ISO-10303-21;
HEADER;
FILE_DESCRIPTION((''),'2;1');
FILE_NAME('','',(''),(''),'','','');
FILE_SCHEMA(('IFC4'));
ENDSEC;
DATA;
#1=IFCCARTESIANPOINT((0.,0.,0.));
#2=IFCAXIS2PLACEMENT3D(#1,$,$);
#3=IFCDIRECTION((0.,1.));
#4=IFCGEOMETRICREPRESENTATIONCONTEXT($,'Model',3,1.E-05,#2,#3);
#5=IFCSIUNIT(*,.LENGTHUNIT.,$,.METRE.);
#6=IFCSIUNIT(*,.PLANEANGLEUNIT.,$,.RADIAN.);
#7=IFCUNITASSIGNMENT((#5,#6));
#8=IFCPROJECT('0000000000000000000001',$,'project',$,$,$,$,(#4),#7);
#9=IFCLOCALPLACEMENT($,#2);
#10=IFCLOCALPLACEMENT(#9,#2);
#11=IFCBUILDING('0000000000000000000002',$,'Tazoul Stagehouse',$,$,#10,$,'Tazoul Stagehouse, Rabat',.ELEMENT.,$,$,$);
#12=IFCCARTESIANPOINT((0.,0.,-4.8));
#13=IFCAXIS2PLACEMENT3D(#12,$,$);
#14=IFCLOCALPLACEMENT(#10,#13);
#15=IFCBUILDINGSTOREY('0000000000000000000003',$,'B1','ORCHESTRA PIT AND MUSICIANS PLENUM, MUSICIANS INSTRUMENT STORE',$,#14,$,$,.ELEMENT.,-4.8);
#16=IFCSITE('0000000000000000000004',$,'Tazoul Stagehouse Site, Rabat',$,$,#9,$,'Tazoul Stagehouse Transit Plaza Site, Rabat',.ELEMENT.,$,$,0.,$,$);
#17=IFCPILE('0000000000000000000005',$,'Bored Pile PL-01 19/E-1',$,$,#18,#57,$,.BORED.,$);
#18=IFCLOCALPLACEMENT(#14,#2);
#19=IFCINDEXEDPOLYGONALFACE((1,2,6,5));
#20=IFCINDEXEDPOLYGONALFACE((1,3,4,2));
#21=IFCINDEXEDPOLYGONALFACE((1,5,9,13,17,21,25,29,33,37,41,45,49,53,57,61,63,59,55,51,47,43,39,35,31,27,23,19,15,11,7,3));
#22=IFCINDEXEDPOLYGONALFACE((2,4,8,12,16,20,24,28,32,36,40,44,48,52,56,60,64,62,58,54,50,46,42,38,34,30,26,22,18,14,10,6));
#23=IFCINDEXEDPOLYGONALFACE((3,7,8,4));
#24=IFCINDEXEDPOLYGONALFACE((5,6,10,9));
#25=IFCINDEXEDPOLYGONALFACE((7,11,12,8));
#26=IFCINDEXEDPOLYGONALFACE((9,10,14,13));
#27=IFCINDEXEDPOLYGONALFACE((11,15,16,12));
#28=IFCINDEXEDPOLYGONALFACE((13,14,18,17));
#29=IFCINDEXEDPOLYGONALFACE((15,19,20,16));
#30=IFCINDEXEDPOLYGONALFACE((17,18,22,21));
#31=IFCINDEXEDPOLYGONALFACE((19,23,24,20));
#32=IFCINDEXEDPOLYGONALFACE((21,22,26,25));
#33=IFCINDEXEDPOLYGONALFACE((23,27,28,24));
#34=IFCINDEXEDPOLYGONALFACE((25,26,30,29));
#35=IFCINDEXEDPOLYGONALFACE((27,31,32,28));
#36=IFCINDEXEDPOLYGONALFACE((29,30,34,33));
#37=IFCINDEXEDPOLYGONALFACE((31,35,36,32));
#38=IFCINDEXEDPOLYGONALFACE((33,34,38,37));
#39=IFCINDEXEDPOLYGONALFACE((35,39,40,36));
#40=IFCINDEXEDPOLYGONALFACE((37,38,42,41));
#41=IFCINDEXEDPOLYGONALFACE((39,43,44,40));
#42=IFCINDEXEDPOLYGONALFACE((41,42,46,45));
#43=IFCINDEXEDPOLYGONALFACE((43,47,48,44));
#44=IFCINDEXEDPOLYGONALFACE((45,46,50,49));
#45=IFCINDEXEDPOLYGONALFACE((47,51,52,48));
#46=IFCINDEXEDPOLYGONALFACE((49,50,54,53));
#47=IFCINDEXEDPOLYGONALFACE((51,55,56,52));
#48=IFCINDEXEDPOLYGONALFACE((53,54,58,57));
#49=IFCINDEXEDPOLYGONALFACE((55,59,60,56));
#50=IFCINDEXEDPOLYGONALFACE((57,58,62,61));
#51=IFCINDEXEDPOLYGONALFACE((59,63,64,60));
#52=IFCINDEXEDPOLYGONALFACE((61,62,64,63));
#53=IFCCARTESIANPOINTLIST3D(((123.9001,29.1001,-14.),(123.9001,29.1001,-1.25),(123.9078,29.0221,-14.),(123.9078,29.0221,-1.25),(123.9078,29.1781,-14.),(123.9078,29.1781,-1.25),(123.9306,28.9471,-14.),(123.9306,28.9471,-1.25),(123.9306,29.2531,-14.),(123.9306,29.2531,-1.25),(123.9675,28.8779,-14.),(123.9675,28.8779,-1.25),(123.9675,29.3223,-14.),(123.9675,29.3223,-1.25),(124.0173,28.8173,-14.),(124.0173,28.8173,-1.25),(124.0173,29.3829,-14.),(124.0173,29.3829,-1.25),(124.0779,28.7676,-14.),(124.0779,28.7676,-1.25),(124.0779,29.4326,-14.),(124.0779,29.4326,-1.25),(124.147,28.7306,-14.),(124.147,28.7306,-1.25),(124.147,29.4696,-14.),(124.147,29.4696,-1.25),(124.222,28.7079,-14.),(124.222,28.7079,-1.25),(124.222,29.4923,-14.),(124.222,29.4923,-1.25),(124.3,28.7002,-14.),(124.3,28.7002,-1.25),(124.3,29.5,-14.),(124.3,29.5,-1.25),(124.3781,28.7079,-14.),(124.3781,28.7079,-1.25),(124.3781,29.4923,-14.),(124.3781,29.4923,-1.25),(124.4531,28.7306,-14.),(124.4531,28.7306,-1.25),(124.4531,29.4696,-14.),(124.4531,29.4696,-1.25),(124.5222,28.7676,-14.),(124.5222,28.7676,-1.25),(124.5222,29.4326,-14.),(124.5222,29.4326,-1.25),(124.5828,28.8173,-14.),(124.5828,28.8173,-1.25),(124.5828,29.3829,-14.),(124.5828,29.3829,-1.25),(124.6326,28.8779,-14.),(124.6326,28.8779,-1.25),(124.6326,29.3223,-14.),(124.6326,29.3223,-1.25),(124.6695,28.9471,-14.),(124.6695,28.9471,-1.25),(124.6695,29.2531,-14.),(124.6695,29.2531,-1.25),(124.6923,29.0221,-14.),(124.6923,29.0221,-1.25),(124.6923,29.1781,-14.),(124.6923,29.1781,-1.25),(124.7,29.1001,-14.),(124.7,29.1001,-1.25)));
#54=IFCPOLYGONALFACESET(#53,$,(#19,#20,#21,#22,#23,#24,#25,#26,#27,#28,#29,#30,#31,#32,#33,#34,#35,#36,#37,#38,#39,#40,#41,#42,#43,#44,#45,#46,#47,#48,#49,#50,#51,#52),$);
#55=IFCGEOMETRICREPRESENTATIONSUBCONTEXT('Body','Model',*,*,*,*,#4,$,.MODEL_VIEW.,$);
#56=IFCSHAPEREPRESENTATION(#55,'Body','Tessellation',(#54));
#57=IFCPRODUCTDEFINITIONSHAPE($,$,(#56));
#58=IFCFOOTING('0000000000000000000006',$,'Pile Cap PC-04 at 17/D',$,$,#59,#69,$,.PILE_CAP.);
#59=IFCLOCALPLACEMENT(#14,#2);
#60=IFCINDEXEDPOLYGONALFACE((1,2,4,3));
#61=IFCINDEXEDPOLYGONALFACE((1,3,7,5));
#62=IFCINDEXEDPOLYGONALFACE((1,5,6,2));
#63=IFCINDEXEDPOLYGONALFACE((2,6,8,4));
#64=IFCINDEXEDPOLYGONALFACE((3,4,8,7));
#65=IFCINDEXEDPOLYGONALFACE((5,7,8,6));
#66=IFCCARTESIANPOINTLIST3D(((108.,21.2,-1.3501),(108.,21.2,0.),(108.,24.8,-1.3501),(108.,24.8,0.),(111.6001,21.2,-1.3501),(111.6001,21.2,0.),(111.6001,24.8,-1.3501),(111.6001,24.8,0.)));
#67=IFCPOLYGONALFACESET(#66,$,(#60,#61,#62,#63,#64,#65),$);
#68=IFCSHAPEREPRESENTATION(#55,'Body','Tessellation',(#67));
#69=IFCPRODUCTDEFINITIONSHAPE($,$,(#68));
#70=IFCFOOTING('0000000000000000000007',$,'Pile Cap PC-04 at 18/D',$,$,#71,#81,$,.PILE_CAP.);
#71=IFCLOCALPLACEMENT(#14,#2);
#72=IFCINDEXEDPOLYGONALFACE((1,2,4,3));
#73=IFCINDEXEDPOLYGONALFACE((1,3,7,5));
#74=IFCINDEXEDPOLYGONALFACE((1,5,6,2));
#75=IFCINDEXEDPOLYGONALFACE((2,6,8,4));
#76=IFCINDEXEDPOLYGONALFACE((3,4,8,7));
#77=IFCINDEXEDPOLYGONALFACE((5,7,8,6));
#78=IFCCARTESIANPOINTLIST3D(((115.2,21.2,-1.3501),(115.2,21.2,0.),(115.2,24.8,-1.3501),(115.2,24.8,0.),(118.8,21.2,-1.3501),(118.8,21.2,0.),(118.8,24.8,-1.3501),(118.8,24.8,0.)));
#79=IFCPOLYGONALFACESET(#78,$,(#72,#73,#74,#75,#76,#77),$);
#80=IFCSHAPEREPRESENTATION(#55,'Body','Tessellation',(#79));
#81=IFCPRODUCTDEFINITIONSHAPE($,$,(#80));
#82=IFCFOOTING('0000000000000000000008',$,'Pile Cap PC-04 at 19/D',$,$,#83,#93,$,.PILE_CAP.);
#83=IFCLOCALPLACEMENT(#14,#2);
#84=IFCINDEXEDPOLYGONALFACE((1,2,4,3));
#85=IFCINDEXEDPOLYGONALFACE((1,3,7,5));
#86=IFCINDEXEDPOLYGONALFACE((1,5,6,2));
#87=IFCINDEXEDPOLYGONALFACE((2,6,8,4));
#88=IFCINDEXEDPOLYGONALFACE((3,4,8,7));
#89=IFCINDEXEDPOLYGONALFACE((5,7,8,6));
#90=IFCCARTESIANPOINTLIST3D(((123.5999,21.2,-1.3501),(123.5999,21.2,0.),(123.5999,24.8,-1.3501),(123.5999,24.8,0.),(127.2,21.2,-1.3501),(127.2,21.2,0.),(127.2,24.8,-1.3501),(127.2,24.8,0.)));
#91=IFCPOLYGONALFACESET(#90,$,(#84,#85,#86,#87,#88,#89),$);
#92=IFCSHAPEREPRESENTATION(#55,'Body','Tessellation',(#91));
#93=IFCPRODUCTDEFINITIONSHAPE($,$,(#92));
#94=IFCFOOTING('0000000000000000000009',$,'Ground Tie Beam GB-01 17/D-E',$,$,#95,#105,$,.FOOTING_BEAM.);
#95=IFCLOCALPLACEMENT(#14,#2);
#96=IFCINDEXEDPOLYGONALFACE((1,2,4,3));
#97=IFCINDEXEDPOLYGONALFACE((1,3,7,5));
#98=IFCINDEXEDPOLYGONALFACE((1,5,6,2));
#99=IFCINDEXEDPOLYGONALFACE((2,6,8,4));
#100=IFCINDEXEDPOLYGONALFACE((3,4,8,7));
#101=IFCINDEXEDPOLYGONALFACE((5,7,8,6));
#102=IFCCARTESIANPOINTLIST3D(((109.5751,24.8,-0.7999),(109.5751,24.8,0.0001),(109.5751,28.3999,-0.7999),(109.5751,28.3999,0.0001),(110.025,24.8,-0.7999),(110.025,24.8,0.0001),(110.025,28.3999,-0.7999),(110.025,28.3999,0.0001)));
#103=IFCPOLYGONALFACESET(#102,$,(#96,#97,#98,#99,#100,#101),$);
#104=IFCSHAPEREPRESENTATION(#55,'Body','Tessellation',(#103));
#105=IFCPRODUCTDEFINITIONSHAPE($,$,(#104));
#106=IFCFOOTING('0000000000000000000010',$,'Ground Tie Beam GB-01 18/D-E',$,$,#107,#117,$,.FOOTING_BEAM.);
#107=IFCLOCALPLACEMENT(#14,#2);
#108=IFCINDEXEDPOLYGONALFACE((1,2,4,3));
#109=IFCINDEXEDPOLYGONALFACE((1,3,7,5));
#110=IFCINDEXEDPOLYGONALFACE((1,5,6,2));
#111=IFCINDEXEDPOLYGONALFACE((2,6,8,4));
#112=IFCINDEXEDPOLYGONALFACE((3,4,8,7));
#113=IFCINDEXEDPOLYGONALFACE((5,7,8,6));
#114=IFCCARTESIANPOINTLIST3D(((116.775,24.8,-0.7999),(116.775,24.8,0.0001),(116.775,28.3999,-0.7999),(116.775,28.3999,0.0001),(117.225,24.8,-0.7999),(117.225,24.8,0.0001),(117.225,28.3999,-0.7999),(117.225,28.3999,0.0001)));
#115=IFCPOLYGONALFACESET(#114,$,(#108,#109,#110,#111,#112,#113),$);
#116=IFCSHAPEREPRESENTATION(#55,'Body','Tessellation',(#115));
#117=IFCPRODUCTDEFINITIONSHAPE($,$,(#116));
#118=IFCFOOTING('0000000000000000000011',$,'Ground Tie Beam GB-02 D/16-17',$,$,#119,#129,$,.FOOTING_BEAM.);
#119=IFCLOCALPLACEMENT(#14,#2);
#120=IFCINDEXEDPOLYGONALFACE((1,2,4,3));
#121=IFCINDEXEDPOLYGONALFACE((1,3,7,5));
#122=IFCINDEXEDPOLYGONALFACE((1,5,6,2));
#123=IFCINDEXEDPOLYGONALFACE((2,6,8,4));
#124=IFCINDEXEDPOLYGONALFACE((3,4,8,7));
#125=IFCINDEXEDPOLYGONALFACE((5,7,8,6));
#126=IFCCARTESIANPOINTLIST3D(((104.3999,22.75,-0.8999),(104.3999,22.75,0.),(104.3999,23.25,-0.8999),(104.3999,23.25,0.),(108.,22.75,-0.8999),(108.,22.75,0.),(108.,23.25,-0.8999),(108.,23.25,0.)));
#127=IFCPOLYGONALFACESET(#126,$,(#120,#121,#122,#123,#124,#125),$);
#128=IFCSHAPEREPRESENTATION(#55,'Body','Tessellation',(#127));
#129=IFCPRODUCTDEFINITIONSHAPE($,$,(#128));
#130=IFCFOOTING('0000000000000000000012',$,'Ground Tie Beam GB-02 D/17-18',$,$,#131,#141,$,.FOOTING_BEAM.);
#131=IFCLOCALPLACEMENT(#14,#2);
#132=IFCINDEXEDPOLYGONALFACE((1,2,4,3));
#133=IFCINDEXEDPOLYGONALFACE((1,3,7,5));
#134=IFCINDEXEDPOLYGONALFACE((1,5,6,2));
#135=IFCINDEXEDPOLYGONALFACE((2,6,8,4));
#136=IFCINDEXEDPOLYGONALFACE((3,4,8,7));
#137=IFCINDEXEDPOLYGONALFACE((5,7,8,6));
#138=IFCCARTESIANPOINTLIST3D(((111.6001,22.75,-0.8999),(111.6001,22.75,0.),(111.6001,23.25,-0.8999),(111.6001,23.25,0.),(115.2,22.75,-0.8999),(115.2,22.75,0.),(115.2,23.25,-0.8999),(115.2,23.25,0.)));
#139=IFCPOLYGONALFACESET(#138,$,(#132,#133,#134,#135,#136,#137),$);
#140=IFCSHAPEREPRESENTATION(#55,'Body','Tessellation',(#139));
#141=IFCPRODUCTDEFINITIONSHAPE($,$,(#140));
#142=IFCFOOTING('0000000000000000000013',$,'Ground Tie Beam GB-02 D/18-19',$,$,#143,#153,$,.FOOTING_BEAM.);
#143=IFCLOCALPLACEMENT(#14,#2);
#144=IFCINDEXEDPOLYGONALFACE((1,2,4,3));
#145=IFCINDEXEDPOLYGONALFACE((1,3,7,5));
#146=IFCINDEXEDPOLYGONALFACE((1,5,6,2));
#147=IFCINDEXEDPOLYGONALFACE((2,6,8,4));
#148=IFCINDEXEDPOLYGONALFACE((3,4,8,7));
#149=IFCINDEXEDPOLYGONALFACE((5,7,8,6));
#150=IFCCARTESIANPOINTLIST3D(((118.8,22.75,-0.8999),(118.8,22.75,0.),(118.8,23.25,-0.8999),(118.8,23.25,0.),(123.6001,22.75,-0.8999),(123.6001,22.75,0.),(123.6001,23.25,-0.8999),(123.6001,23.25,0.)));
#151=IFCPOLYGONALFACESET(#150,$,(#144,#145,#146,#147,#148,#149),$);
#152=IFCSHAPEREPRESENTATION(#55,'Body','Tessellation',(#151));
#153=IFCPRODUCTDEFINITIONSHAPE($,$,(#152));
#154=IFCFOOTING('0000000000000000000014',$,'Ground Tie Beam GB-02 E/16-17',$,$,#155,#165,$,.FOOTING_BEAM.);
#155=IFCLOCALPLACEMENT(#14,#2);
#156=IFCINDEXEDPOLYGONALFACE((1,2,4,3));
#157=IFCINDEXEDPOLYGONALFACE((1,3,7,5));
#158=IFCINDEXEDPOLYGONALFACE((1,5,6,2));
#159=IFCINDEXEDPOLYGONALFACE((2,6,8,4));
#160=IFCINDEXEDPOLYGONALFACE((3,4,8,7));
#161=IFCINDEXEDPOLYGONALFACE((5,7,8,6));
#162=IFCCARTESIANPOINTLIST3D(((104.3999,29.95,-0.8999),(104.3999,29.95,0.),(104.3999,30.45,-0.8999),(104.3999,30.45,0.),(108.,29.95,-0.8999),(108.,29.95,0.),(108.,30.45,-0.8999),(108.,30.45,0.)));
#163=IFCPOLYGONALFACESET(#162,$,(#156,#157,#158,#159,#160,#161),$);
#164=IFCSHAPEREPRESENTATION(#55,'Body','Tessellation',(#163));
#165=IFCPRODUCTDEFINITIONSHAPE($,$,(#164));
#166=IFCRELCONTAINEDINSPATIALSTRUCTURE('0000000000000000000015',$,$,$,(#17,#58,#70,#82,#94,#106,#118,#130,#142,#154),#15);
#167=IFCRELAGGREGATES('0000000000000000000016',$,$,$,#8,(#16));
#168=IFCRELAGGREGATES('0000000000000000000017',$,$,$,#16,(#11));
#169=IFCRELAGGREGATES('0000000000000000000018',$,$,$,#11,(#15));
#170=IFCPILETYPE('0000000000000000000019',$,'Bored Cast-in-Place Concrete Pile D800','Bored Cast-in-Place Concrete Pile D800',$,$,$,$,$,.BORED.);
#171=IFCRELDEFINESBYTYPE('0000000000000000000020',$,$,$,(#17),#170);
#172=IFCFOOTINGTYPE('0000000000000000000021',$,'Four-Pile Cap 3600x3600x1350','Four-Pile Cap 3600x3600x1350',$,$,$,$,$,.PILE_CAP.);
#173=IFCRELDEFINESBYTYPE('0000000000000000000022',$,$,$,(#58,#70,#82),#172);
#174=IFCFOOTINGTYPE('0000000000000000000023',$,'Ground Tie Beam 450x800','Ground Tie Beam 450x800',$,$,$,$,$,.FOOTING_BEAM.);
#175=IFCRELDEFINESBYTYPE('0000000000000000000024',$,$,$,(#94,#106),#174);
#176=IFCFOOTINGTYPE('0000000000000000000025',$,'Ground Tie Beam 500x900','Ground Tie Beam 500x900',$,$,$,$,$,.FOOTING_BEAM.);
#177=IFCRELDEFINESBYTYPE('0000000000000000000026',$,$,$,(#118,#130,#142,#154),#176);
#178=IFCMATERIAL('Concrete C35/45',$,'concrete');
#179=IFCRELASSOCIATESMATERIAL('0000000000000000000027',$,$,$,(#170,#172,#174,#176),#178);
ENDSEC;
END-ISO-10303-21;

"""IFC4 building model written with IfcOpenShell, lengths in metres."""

from ifc_helpers import new_model, si_unit, direction, frame, origin, origin_2d, place, context, subcontext, project, spatial, rectangle, circle, extrude, material, material_profile, profile_set, type_object, element, save


model = new_model("IFC4")

# Units and contexts
model_context = context("Model", 3, precision=1e-05, world=origin(), true_north=direction((0.0, 1.0)))
body_context = subcontext(model_context, "Body", "Model", "MODEL_VIEW")
ifc_project = project(units=[si_unit("LENGTHUNIT", "METRE"), si_unit("PLANEANGLEUNIT", "RADIAN")], contexts=[model_context])

# Site, building, storey
site_placement = place(None, origin())
site = spatial("IfcSite", under=ifc_project, at=site_placement, Name="Tazoul Stagehouse Site, Rabat", LongName="Tazoul Stagehouse Transit Plaza Site, Rabat", CompositionType="ELEMENT", RefElevation=0.0)
building_placement = place(site_placement, origin())
building = spatial("IfcBuilding", under=site, at=building_placement, Name="Tazoul Stagehouse", LongName="Tazoul Stagehouse, Rabat", CompositionType="ELEMENT")
storey_placement = place(building_placement, frame((0.0, 0.0, -4.8)))
storey = spatial("IfcBuildingStorey", under=building, at=storey_placement, Name="B1", Description="ORCHESTRA PIT AND MUSICIANS PLENUM, MUSICIANS INSTRUMENT STORE", CompositionType="ELEMENT", Elevation=-4.8)

# Pile
ifc_material_1 = material(Name="Concrete C35/45", Category="concrete")
ifc_material_profile_1 = material_profile(ifc_material_1, circle(Radius=0.3999, at=origin_2d()), Name="BORED PILE 800")
ifc_profile_set_1 = profile_set([ifc_material_profile_1], Name="Concrete C35/45")
pile_type = type_object("IfcPileType", Name="Bored Cast-in-Place Concrete Pile D800", Description="Bored Cast-in-Place Concrete Pile D800", PredefinedType="BORED", material=ifc_profile_set_1)
for number, where, z_axis, x_axis, name in (
    (1, (124.3, 29.1001, -1.25), (0.0, 0.0, -1.0), (1.0, 0.0, 0.0), "Bored Pile PL-01 19/E-1"),
):
    element("IfcPile", number, at=place(storey_placement, frame(where, z_axis=z_axis, x_axis=x_axis)), inside=storey, type_object=pile_type, Name=name, PredefinedType="BORED", context=body_context, shape_type="SweptSolid", body=[
        extrude(circle(Radius=0.3999, at=origin_2d()), origin(), (0.0, 0.0, 1.0), 12.75),
    ])

# Footings
footing_type_1 = type_object("IfcFootingType", Name="Four-Pile Cap 3600x3600x1350", Description="Four-Pile Cap 3600x3600x1350", PredefinedType="PILE_CAP", material=ifc_material_1)
for number, where, z_axis, x_axis, name in (
    (2, (109.8, 23.0, -1.3501), (0.0, 0.0, 1.0), (1.0, 0.0, 0.0), "Pile Cap PC-04 at 17/D"),
    (3, (117.0, 23.0, -1.3501), (0.0, 0.0, 1.0), (1.0, 0.0, 0.0), "Pile Cap PC-04 at 18/D"),
    (4, (125.3999, 23.0, -1.3501), (0.0, 0.0, 1.0), (1.0, 0.0, 0.0), "Pile Cap PC-04 at 19/D"),
):
    element("IfcFooting", number, at=place(storey_placement, frame(where, z_axis=z_axis, x_axis=x_axis)), inside=storey, type_object=footing_type_1, Name=name, PredefinedType="PILE_CAP", context=body_context, shape_type="SweptSolid", body=[
        extrude(rectangle(XDim=3.6001, YDim=3.6001, at=origin_2d()), origin(), (0.0, 0.0, 1.0), 1.3501),
    ])
ifc_material_profile_2 = material_profile(ifc_material_1, rectangle(XDim=0.45, YDim=0.8, at=origin_2d()), Name="RC 450x800")
ifc_profile_set_2 = profile_set([ifc_material_profile_2], Name="Concrete C35/45")
footing_type_2 = type_object("IfcFootingType", Name="Ground Tie Beam 450x800", Description="Ground Tie Beam 450x800", PredefinedType="FOOTING_BEAM", material=ifc_profile_set_2)
for number, where, z_axis, x_axis, name in (
    (5, (109.8, 24.8, -0.3999), (0.0, 1.0, 0.0), (-1.0, 0.0, 0.0), "Ground Tie Beam GB-01 17/D-E"),
    (6, (117.0, 24.8, -0.3999), (0.0, 1.0, 0.0), (-1.0, 0.0, 0.0), "Ground Tie Beam GB-01 18/D-E"),
):
    element("IfcFooting", number, at=place(storey_placement, frame(where, z_axis=z_axis, x_axis=x_axis)), inside=storey, type_object=footing_type_2, Name=name, PredefinedType="FOOTING_BEAM", context=body_context, shape_type="SweptSolid", body=[
        extrude(rectangle(XDim=0.45, YDim=0.8, at=origin_2d()), origin(), (0.0, 0.0, 1.0), 3.5999),
    ])
ifc_material_profile_3 = material_profile(ifc_material_1, rectangle(XDim=0.5, YDim=0.8999, at=origin_2d()), Name="RC 500x900")
ifc_profile_set_3 = profile_set([ifc_material_profile_3], Name="Concrete C35/45")
footing_type_3 = type_object("IfcFootingType", Name="Ground Tie Beam 500x900", Description="Ground Tie Beam 500x900", PredefinedType="FOOTING_BEAM", material=ifc_profile_set_3)
footing_1_placement = place(storey_placement, frame((104.3999, 23.0, -0.45), z_axis=(1.0, 0.0, 0.0), x_axis=(0.0, 1.0, 0.0)))
element("IfcFooting", 7, at=footing_1_placement, inside=storey, type_object=footing_type_3, Name="Ground Tie Beam GB-02 D/16-17", PredefinedType="FOOTING_BEAM", context=body_context, shape_type="SweptSolid", body=[
    extrude(rectangle(XDim=0.5, YDim=0.8999, at=origin_2d()), origin(), (0.0, 0.0, 1.0), 3.6001),
])
footing_2_placement = place(storey_placement, frame((111.6001, 23.0, -0.45), z_axis=(1.0, 0.0, 0.0), x_axis=(0.0, 1.0, 0.0)))
element("IfcFooting", 8, at=footing_2_placement, inside=storey, type_object=footing_type_3, Name="Ground Tie Beam GB-02 D/17-18", PredefinedType="FOOTING_BEAM", context=body_context, shape_type="SweptSolid", body=[
    extrude(rectangle(XDim=0.5, YDim=0.8999, at=origin_2d()), origin(), (0.0, 0.0, 1.0), 3.5999),
])
footing_3_placement = place(storey_placement, frame((118.8, 23.0, -0.45), z_axis=(1.0, 0.0, 0.0), x_axis=(0.0, 1.0, 0.0)))
element("IfcFooting", 9, at=footing_3_placement, inside=storey, type_object=footing_type_3, Name="Ground Tie Beam GB-02 D/18-19", PredefinedType="FOOTING_BEAM", context=body_context, shape_type="SweptSolid", body=[
    extrude(rectangle(XDim=0.5, YDim=0.8999, at=origin_2d()), origin(), (0.0, 0.0, 1.0), 4.8),
])
footing_4_placement = place(storey_placement, frame((104.3999, 30.2, -0.45), z_axis=(1.0, 0.0, 0.0), x_axis=(0.0, 1.0, 0.0)))
element("IfcFooting", 10, at=footing_4_placement, inside=storey, type_object=footing_type_3, Name="Ground Tie Beam GB-02 E/16-17", PredefinedType="FOOTING_BEAM", context=body_context, shape_type="SweptSolid", body=[
    extrude(rectangle(XDim=0.5, YDim=0.8999, at=origin_2d()), origin(), (0.0, 0.0, 1.0), 3.6001),
])

save(model, "model.ifc")
